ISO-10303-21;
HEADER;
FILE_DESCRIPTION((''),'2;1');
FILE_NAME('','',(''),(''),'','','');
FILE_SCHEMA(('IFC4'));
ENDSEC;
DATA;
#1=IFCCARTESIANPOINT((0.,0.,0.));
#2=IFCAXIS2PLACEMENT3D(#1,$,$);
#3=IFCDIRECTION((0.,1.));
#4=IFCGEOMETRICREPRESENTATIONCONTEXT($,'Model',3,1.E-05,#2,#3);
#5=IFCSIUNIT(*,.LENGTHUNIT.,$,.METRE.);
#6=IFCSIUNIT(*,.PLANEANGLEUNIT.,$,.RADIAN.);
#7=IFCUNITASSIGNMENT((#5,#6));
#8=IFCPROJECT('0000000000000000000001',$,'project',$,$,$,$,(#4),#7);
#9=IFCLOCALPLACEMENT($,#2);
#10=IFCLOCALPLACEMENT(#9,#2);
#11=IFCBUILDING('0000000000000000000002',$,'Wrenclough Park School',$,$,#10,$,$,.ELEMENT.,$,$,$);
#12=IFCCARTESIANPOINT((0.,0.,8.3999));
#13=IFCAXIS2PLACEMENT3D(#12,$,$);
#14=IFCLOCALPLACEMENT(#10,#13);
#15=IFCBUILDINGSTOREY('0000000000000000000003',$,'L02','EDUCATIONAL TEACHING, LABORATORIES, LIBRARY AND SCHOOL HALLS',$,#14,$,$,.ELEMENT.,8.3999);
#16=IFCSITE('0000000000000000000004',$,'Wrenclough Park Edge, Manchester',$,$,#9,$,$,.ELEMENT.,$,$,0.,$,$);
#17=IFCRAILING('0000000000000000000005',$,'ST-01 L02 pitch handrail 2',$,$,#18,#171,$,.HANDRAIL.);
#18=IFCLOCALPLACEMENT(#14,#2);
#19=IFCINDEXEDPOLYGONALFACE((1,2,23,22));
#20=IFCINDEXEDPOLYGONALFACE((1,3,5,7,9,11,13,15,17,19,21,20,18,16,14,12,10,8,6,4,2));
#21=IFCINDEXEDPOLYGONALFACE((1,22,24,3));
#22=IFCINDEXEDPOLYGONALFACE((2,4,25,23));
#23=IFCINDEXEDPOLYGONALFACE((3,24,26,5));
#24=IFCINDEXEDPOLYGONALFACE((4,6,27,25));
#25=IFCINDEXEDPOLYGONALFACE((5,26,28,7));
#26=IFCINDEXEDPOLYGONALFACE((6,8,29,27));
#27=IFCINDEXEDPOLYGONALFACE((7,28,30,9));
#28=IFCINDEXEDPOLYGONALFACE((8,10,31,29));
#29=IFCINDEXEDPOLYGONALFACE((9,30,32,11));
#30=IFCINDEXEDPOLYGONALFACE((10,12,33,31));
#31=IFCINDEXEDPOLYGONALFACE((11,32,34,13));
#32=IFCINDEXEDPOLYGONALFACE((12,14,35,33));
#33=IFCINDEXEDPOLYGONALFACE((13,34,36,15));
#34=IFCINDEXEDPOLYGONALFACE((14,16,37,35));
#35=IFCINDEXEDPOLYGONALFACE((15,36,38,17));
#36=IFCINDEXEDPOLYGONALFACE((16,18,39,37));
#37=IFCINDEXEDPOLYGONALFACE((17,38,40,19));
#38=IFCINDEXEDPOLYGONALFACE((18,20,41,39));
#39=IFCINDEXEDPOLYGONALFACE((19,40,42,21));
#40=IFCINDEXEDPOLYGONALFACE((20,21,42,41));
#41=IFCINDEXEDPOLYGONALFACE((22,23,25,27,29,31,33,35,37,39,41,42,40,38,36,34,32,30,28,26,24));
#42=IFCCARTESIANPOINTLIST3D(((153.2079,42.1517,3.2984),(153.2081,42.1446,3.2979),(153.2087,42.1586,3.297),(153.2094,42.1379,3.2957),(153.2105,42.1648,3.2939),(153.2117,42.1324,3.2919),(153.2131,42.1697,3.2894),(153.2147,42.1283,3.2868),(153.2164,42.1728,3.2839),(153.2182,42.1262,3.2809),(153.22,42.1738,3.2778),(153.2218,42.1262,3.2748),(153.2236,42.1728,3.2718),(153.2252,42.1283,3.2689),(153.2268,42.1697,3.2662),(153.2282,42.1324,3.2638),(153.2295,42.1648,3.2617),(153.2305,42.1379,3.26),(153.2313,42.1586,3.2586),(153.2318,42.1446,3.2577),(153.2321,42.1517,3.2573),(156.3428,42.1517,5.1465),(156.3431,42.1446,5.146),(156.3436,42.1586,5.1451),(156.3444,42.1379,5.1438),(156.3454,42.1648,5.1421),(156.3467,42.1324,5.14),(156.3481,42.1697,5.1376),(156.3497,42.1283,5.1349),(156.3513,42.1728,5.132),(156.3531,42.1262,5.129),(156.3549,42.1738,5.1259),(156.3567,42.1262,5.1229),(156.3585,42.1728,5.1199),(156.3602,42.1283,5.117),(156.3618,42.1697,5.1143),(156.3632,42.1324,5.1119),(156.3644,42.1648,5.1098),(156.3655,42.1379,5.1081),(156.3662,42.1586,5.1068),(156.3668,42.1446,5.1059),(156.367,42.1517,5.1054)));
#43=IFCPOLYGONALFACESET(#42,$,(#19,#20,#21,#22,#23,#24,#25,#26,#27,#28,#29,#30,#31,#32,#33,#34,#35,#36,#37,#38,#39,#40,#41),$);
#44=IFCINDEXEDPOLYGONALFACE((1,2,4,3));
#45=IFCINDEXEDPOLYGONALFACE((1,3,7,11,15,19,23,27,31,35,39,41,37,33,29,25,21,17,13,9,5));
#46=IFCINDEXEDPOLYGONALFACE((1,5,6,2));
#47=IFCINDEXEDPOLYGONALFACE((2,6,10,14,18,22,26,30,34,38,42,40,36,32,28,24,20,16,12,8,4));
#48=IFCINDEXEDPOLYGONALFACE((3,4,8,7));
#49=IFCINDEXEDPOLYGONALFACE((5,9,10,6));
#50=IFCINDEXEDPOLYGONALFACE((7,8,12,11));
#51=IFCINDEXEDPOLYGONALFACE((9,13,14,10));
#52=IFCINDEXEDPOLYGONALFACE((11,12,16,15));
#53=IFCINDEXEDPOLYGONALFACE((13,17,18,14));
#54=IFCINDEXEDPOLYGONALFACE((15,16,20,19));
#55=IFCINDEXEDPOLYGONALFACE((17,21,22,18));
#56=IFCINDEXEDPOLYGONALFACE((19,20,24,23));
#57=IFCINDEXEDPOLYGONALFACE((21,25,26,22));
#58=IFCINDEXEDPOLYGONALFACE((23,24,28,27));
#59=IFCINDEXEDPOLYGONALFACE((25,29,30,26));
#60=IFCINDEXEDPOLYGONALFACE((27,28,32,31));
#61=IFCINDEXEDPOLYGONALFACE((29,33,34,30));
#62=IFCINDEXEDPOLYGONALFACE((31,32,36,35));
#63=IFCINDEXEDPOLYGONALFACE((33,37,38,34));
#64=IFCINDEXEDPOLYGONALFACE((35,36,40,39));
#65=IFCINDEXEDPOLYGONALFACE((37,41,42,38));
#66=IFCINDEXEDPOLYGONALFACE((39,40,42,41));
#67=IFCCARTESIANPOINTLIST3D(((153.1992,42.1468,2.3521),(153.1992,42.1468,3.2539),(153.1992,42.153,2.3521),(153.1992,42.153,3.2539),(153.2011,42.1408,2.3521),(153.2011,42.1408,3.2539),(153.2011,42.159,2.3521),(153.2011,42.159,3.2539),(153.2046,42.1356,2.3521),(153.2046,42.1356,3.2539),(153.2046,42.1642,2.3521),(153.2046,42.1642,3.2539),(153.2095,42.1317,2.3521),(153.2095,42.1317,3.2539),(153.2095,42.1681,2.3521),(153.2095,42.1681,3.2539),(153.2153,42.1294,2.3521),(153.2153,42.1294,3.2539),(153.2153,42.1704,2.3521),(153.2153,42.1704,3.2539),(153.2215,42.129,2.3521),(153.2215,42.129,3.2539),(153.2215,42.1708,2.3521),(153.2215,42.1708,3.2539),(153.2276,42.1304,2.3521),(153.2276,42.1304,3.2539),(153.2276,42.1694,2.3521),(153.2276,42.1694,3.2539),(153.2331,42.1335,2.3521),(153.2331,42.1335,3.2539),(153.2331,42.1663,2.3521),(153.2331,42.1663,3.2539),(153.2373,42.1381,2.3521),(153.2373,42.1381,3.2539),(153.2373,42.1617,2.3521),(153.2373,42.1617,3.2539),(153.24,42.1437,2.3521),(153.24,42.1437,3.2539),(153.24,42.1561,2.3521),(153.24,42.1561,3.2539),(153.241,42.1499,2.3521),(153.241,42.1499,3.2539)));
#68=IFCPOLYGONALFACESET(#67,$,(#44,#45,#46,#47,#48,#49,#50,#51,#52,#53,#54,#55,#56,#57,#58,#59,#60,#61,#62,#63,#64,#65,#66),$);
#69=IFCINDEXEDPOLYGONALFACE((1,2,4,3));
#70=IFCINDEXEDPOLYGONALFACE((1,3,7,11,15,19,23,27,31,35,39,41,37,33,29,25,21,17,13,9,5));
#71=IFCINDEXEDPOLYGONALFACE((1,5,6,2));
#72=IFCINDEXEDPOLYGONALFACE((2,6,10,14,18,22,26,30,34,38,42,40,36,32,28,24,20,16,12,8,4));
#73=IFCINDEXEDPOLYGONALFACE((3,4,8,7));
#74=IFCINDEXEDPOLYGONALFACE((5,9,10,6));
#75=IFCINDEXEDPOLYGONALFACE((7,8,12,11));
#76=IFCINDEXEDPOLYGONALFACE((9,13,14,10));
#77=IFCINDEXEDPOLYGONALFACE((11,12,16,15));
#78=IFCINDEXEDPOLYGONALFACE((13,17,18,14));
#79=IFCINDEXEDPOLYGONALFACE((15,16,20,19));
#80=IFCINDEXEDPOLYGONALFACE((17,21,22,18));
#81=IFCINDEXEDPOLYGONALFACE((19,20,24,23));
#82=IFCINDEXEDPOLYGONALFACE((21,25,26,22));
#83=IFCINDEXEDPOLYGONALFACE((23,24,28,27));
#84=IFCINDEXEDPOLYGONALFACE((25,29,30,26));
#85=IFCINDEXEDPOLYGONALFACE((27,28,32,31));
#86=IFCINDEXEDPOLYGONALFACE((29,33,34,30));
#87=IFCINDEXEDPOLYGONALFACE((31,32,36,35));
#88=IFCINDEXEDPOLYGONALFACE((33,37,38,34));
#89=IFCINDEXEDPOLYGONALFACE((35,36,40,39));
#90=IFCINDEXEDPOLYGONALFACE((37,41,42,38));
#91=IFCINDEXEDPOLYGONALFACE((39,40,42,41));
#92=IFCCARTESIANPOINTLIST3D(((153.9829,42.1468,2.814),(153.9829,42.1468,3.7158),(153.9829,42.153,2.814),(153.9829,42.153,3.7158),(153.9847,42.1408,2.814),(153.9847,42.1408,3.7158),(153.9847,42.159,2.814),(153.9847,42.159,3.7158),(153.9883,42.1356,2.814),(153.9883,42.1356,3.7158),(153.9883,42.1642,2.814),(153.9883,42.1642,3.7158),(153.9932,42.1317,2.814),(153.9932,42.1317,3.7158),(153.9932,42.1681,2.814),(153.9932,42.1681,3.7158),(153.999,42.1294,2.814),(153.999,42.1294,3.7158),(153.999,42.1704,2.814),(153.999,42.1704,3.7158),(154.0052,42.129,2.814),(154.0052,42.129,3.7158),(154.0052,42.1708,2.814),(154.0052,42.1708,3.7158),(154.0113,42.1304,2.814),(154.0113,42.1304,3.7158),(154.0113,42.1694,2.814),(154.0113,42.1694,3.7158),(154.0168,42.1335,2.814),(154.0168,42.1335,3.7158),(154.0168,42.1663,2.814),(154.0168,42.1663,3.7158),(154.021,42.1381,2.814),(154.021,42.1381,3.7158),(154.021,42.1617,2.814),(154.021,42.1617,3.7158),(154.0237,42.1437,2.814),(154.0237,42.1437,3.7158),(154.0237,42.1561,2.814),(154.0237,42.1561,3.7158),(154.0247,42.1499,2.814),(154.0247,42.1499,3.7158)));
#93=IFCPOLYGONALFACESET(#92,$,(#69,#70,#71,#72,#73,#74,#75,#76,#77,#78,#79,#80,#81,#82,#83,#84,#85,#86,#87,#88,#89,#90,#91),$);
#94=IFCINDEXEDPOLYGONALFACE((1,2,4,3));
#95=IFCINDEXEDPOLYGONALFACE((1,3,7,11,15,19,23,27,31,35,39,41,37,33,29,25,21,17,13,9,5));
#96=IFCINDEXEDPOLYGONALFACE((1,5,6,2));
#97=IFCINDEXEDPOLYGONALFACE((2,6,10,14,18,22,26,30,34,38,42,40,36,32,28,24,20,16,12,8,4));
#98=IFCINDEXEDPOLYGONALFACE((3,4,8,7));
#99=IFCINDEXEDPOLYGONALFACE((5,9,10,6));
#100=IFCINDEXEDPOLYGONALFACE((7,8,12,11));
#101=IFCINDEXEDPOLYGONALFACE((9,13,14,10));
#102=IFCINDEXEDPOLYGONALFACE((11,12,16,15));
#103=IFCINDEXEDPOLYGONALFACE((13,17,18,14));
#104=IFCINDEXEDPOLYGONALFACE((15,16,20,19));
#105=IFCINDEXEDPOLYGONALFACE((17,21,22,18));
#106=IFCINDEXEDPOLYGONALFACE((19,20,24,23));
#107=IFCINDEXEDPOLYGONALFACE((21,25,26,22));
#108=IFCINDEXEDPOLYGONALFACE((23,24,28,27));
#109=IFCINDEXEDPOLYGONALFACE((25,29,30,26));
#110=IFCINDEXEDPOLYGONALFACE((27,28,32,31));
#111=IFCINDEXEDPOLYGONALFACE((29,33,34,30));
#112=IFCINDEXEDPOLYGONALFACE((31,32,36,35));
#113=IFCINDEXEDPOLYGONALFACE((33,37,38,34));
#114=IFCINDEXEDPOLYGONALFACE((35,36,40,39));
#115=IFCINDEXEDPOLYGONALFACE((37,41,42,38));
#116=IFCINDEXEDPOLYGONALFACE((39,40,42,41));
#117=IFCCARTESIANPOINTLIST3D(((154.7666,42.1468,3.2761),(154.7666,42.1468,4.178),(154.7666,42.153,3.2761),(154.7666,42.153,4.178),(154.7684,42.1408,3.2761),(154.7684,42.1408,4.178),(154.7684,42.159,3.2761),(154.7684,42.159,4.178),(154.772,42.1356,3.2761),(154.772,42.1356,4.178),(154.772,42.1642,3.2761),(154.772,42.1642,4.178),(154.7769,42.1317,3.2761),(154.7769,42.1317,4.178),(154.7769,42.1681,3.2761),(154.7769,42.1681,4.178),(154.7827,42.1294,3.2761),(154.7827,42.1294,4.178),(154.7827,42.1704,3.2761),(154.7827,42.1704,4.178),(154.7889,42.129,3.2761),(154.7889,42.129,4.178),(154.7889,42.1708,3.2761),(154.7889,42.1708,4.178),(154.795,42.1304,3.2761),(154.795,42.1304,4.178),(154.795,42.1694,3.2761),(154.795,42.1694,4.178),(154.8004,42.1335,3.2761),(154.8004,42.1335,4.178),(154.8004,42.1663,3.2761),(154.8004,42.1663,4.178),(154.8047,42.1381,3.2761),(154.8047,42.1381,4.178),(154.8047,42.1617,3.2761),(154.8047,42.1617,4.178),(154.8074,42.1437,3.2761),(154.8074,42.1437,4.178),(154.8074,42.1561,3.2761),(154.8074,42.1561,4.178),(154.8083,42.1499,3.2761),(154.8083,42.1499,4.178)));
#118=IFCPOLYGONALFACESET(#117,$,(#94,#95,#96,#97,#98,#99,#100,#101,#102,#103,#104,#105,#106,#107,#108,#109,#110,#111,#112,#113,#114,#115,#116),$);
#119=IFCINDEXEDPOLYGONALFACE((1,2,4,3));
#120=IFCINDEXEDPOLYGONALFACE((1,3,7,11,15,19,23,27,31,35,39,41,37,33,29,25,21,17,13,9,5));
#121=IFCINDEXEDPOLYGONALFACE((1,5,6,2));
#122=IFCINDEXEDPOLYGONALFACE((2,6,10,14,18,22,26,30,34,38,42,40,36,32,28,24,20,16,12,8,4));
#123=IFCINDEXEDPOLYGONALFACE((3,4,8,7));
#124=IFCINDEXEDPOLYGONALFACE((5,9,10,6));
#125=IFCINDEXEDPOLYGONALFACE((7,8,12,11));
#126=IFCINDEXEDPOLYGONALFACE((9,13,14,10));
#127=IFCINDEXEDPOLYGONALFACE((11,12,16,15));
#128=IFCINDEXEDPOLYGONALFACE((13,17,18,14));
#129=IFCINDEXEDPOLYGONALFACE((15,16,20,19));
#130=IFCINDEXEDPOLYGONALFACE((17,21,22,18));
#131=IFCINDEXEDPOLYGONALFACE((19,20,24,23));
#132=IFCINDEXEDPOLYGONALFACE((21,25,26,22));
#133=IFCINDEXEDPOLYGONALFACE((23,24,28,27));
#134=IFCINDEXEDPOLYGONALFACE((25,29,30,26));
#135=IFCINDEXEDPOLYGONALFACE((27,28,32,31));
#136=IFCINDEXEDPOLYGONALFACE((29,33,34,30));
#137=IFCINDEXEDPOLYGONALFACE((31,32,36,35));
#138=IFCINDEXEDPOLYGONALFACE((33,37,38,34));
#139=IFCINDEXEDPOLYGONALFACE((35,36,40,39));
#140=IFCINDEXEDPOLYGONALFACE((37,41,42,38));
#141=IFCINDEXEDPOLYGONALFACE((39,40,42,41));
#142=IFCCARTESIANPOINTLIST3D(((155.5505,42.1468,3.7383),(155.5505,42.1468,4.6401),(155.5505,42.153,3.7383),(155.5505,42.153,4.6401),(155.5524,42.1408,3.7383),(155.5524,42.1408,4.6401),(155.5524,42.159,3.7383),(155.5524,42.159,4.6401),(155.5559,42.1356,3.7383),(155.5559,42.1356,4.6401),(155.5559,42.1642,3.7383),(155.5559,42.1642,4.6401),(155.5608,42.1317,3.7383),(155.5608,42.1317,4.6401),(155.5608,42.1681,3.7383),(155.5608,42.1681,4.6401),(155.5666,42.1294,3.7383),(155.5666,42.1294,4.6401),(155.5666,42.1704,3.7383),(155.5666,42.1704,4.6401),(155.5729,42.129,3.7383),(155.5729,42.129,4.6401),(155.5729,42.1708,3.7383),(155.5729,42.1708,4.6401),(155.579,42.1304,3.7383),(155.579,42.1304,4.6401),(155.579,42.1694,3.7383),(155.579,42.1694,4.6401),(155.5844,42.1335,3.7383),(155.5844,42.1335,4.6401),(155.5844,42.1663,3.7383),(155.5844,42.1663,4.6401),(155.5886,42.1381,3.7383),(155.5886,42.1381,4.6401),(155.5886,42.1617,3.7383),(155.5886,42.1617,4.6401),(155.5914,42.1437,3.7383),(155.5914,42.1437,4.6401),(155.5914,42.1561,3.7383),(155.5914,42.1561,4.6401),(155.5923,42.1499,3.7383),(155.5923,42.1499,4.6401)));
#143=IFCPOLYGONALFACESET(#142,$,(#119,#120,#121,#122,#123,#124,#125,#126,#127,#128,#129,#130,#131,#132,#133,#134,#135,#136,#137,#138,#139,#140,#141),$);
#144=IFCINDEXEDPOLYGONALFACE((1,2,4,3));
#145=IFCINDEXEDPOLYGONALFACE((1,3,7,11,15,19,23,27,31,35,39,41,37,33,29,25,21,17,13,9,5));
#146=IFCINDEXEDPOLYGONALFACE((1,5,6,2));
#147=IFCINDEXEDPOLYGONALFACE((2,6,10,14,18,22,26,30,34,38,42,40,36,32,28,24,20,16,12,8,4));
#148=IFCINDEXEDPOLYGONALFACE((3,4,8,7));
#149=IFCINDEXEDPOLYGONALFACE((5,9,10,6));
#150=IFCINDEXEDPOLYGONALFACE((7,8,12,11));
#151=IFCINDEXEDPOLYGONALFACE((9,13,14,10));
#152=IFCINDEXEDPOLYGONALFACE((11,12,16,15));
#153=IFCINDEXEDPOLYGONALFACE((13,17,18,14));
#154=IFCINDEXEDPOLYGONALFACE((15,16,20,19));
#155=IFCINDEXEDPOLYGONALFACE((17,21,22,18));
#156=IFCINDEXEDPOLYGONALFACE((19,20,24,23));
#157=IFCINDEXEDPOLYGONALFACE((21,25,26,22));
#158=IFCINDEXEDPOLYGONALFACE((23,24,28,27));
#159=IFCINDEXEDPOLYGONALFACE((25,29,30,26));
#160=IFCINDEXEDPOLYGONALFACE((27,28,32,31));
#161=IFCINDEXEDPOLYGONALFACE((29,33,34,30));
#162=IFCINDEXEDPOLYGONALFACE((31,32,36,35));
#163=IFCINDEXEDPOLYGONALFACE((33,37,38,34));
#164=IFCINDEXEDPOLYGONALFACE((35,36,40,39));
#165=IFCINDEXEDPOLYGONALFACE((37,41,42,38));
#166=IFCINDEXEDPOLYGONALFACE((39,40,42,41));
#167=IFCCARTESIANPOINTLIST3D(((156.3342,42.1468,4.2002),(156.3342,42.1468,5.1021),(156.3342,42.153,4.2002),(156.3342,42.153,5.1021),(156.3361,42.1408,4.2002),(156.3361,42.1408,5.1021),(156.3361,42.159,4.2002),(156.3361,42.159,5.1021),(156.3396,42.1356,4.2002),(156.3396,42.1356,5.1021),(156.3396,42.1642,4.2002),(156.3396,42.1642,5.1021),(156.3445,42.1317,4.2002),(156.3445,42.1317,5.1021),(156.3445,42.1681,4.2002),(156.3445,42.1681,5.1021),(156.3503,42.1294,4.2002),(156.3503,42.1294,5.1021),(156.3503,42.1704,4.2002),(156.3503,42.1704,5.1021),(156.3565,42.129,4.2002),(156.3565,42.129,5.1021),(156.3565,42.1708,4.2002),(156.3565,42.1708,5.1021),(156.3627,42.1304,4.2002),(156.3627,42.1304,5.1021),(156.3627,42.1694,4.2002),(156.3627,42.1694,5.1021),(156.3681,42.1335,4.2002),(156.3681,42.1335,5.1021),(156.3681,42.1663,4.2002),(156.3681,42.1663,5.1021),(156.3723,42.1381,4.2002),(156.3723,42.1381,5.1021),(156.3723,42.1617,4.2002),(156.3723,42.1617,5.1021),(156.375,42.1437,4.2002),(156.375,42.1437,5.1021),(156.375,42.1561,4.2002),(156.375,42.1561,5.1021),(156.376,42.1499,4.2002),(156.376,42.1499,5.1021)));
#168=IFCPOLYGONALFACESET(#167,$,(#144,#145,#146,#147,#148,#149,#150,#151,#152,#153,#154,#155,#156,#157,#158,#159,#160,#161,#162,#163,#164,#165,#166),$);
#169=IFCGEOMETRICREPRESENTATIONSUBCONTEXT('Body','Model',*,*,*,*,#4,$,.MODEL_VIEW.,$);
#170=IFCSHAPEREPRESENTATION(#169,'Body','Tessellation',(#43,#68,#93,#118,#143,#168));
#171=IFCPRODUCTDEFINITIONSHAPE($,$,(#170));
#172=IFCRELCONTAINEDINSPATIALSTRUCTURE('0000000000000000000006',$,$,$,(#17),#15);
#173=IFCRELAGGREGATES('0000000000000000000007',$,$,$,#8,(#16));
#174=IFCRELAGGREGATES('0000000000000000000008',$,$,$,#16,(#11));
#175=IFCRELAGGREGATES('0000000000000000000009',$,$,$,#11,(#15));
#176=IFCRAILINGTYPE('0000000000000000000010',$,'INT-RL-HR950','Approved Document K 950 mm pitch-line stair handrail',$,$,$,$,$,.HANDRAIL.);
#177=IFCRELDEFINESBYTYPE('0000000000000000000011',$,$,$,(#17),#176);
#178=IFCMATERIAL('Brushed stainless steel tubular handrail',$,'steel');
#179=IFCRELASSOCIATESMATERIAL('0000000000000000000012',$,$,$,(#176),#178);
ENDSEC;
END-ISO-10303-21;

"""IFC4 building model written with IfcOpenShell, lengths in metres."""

from ifc_helpers import new_model, si_unit, direction, frame, origin, origin_2d, place, context, subcontext, project, spatial, circle, extrude, material, type_object, element, save


model = new_model("IFC4")

# Units and contexts
model_context = context("Model", 3, precision=1e-05, world=origin(), true_north=direction((0.0, 1.0)))
body_context = subcontext(model_context, "Body", "Model", "MODEL_VIEW")
ifc_project = project(units=[si_unit("LENGTHUNIT", "METRE"), si_unit("PLANEANGLEUNIT", "RADIAN")], contexts=[model_context])

# Site, building, storey
site_placement = place(None, origin())
site = spatial("IfcSite", under=ifc_project, at=site_placement, Name="Wrenclough Park Edge, Manchester", CompositionType="ELEMENT", RefElevation=0.0)
building_placement = place(site_placement, origin())
building = spatial("IfcBuilding", under=site, at=building_placement, Name="Wrenclough Park School", CompositionType="ELEMENT")
storey_placement = place(building_placement, frame((0.0, 0.0, 8.3999)))
storey = spatial("IfcBuildingStorey", under=building, at=storey_placement, Name="L02", Description="EDUCATIONAL TEACHING, LABORATORIES, LIBRARY AND SCHOOL HALLS", CompositionType="ELEMENT", Elevation=8.3999)

# Railing
ifc_material_1 = material(Name="Brushed stainless steel tubular handrail", Category="steel")
railing_type_1 = type_object("IfcRailingType", Name="INT-RL-HR950", Description="Approved Document K 950 mm pitch-line stair handrail", PredefinedType="HANDRAIL", material=ifc_material_1)
railing_1_placement = place(storey_placement, frame((153.22, 42.1499, 2.3521)))
element("IfcRailing", 1, at=railing_1_placement, inside=storey, type_object=railing_type_1, Name="ST-01 L02 pitch handrail 2", PredefinedType="HANDRAIL", context=body_context, shape_type="SweptSolid", body=[
    extrude(circle(Radius=0.0239, at=origin_2d()), frame((0.0, 0.0, 0.9258), z_axis=(0.861451, 0.0, 0.507841), x_axis=(0.0, 1.0, 0.0)), (0.0, 0.0, 1.0), 3.6392),
    extrude(circle(Radius=0.021, at=origin_2d()), origin(), (0.0, 0.0, 1.0), 0.9019),
    extrude(circle(Radius=0.021, at=origin_2d()), frame((0.7837, 0.0, 0.4619)), (0.0, 0.0, 1.0), 0.9019),
    extrude(circle(Radius=0.021, at=origin_2d()), frame((1.5674, 0.0, 0.9241)), (0.0, 0.0, 1.0), 0.9019),
    extrude(circle(Radius=0.021, at=origin_2d()), frame((2.3513, 0.0, 1.3862)), (0.0, 0.0, 1.0), 0.9019),
    extrude(circle(Radius=0.021, at=origin_2d()), frame((3.135, 0.0, 1.8481)), (0.0, 0.0, 1.0), 0.9019),
])

save(model, "model.ifc")
